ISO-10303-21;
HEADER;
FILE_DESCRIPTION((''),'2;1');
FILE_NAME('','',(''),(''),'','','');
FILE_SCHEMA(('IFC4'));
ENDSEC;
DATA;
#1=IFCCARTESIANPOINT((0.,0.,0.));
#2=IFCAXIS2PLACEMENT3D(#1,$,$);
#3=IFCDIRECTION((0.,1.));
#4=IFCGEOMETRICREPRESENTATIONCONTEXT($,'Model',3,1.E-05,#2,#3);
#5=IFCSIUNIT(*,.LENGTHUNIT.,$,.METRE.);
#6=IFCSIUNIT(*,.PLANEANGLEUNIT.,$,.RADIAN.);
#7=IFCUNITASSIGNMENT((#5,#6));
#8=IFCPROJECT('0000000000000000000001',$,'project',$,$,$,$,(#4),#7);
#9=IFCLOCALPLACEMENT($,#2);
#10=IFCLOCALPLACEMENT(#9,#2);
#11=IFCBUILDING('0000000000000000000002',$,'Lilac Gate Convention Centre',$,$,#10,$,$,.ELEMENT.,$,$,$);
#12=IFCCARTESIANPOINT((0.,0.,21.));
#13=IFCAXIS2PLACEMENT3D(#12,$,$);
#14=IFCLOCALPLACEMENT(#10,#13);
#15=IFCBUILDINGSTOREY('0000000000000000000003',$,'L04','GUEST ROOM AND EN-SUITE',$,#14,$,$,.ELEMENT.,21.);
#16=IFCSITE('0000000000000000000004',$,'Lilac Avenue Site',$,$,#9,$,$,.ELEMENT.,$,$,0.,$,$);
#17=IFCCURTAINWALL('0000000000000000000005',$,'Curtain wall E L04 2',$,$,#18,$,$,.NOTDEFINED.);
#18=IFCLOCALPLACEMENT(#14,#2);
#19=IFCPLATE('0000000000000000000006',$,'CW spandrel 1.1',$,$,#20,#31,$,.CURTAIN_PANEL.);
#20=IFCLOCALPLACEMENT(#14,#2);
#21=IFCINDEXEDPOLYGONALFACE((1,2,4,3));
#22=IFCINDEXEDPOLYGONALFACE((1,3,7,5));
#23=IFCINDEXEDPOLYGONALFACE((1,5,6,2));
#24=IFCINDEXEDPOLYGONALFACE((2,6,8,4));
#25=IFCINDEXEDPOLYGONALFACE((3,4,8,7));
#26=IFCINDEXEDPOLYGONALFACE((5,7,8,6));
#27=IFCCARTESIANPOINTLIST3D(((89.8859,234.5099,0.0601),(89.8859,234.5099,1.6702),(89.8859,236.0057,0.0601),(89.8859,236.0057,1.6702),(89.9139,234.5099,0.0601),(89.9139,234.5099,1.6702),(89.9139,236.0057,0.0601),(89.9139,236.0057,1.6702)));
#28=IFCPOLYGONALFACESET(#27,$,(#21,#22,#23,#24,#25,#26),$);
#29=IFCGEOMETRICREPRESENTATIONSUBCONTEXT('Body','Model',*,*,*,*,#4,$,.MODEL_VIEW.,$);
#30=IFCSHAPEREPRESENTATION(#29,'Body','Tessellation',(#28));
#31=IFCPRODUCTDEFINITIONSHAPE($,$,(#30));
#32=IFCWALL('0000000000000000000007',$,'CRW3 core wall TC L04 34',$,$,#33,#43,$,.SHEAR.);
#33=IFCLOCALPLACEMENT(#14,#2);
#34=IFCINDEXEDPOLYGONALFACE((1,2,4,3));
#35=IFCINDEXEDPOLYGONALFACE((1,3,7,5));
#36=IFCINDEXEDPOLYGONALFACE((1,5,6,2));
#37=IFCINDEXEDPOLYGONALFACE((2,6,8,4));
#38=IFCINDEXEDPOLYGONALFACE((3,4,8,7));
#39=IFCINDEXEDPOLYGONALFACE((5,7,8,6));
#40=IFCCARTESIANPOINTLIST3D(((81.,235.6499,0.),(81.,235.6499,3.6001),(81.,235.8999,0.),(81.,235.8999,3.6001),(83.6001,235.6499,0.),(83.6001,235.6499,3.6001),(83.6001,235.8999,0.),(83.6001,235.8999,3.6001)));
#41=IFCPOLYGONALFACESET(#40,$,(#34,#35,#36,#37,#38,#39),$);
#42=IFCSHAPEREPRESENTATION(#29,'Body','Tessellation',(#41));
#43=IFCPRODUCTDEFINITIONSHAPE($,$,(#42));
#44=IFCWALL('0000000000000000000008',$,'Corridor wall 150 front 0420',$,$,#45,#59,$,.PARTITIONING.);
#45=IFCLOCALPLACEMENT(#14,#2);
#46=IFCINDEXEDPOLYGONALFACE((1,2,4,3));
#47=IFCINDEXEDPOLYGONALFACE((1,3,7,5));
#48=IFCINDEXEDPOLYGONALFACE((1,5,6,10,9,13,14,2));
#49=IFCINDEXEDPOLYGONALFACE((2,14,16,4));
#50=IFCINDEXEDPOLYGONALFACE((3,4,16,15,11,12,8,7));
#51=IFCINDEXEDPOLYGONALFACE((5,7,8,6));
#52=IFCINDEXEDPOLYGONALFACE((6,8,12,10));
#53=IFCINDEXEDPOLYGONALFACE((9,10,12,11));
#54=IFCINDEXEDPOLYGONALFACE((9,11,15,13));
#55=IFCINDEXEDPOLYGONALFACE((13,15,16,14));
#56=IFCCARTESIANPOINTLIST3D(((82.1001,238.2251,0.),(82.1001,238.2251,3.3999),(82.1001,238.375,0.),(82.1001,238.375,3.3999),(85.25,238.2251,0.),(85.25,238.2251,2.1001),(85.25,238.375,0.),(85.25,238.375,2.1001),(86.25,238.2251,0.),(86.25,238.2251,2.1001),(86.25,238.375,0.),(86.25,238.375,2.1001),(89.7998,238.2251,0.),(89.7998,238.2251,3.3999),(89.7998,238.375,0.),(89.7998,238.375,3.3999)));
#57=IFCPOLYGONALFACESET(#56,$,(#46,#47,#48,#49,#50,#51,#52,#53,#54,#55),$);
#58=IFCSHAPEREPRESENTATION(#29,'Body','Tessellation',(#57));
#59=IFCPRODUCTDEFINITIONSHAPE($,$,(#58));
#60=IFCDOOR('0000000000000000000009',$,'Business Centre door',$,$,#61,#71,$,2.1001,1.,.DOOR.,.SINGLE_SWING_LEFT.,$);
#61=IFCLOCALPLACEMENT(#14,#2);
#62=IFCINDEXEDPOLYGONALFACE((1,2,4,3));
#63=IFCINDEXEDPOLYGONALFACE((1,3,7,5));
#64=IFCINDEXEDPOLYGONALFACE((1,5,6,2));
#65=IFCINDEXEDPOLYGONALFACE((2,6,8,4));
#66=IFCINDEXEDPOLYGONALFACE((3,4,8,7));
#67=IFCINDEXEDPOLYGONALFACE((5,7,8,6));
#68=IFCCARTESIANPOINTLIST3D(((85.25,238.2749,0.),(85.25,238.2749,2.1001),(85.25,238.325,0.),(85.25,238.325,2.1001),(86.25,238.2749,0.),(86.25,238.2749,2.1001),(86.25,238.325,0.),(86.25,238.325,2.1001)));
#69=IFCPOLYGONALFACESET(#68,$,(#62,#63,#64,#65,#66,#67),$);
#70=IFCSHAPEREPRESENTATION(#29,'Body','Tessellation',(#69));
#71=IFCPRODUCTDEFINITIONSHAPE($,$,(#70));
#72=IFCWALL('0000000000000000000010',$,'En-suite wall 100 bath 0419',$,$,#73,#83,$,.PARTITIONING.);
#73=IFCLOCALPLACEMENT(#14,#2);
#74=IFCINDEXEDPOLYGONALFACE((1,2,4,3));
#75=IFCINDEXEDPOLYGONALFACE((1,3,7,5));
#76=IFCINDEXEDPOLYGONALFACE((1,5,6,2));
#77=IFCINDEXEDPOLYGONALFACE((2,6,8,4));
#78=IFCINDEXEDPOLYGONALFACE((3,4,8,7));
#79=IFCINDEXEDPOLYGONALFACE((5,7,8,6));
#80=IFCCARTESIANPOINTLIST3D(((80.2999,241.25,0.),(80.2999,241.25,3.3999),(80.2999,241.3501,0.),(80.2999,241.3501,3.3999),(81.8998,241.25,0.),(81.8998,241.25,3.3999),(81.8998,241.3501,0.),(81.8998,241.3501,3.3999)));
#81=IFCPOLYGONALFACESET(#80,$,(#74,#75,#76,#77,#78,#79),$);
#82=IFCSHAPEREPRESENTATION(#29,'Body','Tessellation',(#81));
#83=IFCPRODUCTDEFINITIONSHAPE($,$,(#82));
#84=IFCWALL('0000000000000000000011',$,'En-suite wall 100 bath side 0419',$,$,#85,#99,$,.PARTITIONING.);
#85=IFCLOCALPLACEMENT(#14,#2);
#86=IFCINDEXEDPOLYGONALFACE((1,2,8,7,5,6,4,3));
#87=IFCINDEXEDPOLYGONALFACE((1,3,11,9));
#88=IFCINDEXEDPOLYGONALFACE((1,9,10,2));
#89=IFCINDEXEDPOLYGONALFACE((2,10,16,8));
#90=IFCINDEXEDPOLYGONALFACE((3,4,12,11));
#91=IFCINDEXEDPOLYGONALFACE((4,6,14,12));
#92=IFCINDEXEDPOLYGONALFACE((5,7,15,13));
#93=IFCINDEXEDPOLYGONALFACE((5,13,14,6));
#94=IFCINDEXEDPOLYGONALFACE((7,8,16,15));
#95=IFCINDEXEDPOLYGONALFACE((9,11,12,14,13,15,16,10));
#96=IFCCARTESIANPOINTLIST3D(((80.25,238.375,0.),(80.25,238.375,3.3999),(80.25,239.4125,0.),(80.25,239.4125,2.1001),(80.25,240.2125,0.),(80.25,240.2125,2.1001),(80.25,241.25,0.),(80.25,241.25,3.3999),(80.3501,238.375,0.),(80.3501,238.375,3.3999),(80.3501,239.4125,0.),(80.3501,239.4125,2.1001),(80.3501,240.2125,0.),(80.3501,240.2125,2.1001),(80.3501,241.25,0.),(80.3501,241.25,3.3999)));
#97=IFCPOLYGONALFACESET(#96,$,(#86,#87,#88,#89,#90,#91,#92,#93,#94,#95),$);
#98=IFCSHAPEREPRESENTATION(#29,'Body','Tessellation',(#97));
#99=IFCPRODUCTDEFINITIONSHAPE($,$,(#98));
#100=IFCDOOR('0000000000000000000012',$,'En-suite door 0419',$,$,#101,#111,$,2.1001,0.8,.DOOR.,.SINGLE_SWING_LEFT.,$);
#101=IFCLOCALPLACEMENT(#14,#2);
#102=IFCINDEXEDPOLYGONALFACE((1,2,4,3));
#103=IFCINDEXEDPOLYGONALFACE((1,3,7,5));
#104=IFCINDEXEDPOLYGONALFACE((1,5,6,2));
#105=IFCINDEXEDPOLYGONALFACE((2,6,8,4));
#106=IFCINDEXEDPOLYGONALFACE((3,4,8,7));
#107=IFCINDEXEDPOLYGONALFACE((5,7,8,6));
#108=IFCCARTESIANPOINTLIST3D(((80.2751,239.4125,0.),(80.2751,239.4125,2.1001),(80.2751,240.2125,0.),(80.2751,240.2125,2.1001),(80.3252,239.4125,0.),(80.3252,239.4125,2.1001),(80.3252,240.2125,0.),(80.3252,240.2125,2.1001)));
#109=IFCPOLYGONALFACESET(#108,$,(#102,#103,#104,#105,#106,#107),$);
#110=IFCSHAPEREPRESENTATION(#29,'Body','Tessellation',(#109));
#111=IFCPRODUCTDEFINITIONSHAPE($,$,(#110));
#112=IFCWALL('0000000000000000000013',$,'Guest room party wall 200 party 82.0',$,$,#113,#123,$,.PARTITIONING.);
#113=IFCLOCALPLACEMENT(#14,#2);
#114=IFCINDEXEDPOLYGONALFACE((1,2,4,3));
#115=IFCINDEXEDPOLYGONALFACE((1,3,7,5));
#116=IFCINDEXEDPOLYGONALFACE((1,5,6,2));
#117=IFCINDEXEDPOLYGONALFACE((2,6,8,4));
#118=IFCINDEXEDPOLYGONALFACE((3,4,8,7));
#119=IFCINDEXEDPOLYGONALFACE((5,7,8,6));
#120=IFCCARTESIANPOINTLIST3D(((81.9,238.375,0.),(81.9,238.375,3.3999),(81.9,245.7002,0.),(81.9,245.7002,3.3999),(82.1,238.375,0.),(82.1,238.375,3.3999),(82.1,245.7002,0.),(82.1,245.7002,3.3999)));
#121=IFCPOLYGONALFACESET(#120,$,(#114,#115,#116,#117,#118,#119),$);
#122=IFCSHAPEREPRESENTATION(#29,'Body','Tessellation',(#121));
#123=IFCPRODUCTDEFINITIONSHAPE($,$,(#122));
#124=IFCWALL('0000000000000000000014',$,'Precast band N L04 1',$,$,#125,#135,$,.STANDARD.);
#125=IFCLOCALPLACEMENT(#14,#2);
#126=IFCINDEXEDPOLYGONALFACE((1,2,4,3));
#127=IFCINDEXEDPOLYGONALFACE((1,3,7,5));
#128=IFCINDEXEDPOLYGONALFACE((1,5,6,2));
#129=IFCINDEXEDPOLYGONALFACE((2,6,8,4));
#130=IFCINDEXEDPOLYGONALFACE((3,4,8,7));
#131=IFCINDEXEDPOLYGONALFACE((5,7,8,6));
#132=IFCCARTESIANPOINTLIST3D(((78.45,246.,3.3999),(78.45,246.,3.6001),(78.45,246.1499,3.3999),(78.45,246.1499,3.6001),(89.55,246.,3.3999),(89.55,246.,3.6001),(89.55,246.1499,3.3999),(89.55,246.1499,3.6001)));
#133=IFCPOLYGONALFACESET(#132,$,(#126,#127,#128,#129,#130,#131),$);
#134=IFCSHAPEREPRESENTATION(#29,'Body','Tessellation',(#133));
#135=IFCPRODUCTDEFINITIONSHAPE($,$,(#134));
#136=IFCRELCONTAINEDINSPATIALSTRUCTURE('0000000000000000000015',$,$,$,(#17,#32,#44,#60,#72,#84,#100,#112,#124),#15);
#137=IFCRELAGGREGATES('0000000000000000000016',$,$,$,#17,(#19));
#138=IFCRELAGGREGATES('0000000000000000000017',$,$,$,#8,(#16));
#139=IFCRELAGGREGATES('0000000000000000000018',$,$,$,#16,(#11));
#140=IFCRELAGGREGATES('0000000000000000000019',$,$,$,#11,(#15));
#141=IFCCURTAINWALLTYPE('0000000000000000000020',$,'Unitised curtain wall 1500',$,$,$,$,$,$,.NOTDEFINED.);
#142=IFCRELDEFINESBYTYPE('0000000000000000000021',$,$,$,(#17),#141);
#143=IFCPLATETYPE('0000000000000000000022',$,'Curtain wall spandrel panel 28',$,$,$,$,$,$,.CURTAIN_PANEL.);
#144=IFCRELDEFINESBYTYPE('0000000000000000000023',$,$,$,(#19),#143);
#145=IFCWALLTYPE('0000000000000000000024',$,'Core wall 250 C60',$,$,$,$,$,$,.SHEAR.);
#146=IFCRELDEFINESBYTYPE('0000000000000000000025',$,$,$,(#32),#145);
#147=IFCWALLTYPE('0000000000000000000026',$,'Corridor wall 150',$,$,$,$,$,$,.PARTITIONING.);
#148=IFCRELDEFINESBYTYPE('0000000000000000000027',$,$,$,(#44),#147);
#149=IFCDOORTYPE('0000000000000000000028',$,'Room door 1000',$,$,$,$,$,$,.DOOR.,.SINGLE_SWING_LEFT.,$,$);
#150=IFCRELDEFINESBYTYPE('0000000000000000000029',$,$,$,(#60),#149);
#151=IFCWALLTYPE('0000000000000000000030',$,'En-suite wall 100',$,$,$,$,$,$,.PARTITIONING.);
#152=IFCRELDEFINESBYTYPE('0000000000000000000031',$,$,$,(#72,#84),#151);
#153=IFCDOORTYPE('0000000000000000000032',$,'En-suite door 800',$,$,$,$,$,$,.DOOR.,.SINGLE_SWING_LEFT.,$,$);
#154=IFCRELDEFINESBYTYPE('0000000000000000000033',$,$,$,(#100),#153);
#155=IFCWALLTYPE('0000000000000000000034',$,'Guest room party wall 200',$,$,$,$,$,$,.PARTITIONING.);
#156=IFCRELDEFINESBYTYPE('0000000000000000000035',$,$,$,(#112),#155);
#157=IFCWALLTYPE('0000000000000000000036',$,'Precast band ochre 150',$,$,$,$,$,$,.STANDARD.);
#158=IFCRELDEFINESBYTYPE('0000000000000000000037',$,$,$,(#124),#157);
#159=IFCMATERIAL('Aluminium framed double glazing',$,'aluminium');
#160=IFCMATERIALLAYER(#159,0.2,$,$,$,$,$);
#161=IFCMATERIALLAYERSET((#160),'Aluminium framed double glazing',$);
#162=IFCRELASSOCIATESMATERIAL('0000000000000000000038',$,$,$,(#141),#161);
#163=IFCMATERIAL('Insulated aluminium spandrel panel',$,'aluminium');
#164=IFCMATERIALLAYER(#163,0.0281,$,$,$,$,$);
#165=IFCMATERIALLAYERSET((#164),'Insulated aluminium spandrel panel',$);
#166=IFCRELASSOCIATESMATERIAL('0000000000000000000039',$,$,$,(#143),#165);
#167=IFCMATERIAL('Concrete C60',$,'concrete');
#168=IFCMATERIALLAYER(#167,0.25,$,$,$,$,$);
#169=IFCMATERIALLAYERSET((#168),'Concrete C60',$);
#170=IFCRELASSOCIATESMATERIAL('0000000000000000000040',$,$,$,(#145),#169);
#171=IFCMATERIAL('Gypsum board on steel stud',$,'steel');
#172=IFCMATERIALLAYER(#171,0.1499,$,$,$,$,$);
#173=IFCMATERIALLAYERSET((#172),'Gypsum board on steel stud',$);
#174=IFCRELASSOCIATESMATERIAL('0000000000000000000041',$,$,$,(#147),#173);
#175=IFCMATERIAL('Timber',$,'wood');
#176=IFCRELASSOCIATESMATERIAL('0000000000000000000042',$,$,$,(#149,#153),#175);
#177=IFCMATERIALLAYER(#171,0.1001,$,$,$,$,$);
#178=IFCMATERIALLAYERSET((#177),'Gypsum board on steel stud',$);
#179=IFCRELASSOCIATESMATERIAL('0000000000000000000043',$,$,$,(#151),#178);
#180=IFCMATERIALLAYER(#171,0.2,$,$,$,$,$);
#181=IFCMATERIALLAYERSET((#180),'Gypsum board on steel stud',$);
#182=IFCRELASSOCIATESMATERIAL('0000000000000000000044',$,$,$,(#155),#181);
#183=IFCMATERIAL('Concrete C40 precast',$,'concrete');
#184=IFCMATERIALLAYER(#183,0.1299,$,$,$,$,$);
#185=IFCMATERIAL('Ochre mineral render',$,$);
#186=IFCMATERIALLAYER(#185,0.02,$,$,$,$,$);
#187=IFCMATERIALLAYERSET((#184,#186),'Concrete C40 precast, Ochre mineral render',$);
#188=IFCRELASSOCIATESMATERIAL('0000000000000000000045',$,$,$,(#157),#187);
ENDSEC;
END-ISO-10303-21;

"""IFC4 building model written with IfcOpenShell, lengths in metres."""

from ifc_helpers import new_model, si_unit, direction, frame, frame_2d, origin, origin_2d, place, context, subcontext, project, spatial, rectangle, extrude, material, layer, layer_set, type_object, element, fill, aggregate, save


model = new_model("IFC4")

# Units and contexts
model_context = context("Model", 3, precision=1e-05, world=origin(), true_north=direction((0.0, 1.0)))
body_context = subcontext(model_context, "Body", "Model", "MODEL_VIEW")
ifc_project = project(units=[si_unit("LENGTHUNIT", "METRE"), si_unit("PLANEANGLEUNIT", "RADIAN")], contexts=[model_context])

# Site, building, storey
site_placement = place(None, origin())
site = spatial("IfcSite", under=ifc_project, at=site_placement, Name="Lilac Avenue Site", CompositionType="ELEMENT", RefElevation=0.0)
building_placement = place(site_placement, origin())
building = spatial("IfcBuilding", under=site, at=building_placement, Name="Lilac Gate Convention Centre", CompositionType="ELEMENT")
storey_placement = place(building_placement, frame((0.0, 0.0, 21.0)))
storey = spatial("IfcBuildingStorey", under=building, at=storey_placement, Name="L04", Description="GUEST ROOM AND EN-SUITE", CompositionType="ELEMENT", Elevation=21.0)

# Curtain wall, plate
ifc_material_1 = material(Name="Aluminium framed double glazing", Category="aluminium")
ifc_layer_1 = layer(ifc_material_1, 0.2)
ifc_layer_set_1 = layer_set([ifc_layer_1], Name="Aluminium framed double glazing")
curtain_wall_type = type_object("IfcCurtainWallType", Name="Unitised curtain wall 1500", PredefinedType="NOTDEFINED", material=ifc_layer_set_1)
curtain_wall_placement = place(storey_placement, origin())
curtain_wall = element("IfcCurtainWall", 1, at=curtain_wall_placement, inside=storey, type_object=curtain_wall_type, Name="Curtain wall E L04 2", PredefinedType="NOTDEFINED")
ifc_material_2 = material(Name="Insulated aluminium spandrel panel", Category="aluminium")
ifc_layer_2 = layer(ifc_material_2, 0.0281)
ifc_layer_set_2 = layer_set([ifc_layer_2], Name="Insulated aluminium spandrel panel")
plate_type = type_object("IfcPlateType", Name="Curtain wall spandrel panel 28", PredefinedType="CURTAIN_PANEL", material=ifc_layer_set_2)
plate_placement = place(storey_placement, frame((89.8999, 235.2578, 0.0601), z_axis=(0.0, 0.0, 1.0), x_axis=(0.0, 1.0, 0.0)))
plate = element("IfcPlate", 2, at=plate_placement, type_object=plate_type, Name="CW spandrel 1.1", PredefinedType="CURTAIN_PANEL", context=body_context, shape_type="SweptSolid", body=[
    extrude(rectangle(XDim=1.4958, YDim=0.0281, at=origin_2d()), origin(), (0.0, 0.0, 1.0), 1.6101),
])
aggregate(curtain_wall, [plate])

# Wall
ifc_material_3 = material(Name="Concrete C60", Category="concrete")
ifc_layer_3 = layer(ifc_material_3, 0.25)
ifc_layer_set_3 = layer_set([ifc_layer_3], Name="Concrete C60")
wall_type_1 = type_object("IfcWallType", Name="Core wall 250 C60", PredefinedType="SHEAR", material=ifc_layer_set_3)
wall_1_placement = place(storey_placement, frame((81.0, 235.7749, 0.0), z_axis=(0.0, 0.0, 1.0), x_axis=(1.0, 0.0, 0.0)))
element("IfcWall", 3, at=wall_1_placement, inside=storey, type_object=wall_type_1, Name="CRW3 core wall TC L04 34", PredefinedType="SHEAR", context=body_context, shape_type="SweptSolid", body=[
    extrude(rectangle(XDim=2.6001, YDim=0.25, at=frame_2d((1.3, 0.0))), origin(), (0.0, 0.0, 1.0), 3.6001),
])

# Wall, opening, door
ifc_material_4 = material(Name="Gypsum board on steel stud", Category="steel")
ifc_layer_4 = layer(ifc_material_4, 0.1499)
ifc_layer_set_4 = layer_set([ifc_layer_4], Name="Gypsum board on steel stud")
wall_type_2 = type_object("IfcWallType", Name="Corridor wall 150", PredefinedType="PARTITIONING", material=ifc_layer_set_4)
wall_2_placement = place(storey_placement, frame((82.1001, 238.3, 0.0), z_axis=(0.0, 0.0, 1.0), x_axis=(1.0, 0.0, 0.0)))
wall_2 = element("IfcWall", 4, at=wall_2_placement, inside=storey, type_object=wall_type_2, Name="Corridor wall 150 front 0420", PredefinedType="PARTITIONING", context=body_context, shape_type="SweptSolid", body=[
    extrude(rectangle(XDim=7.6997, YDim=0.1499, at=frame_2d((3.8499, 0.0))), origin(), (0.0, 0.0, 1.0), 3.3999),
])
opening_1_placement = place(wall_2_placement, frame((3.1499, 0.0, 0.0)))
opening_1 = element("IfcOpeningElement", 5, at=opening_1_placement, cuts=wall_2, PredefinedType="OPENING", context=body_context, shape_type="SweptSolid", body=[
    extrude(rectangle(XDim=1.0, YDim=2.1001, at=frame_2d((0.5, 1.05))), frame((0.0, 0.085, 0.0), z_axis=(0.0, -1.0, 0.0), x_axis=(1.0, 0.0, 0.0)), (0.0, 0.0, 1.0), 0.1699),
])
ifc_material_5 = material(Name="Timber", Category="wood")
door_type_1 = type_object("IfcDoorType", Name="Room door 1000", OperationType="SINGLE_SWING_LEFT", PredefinedType="DOOR", material=ifc_material_5)
door_1_placement = place(opening_1_placement, origin())
door_1 = element("IfcDoor", 6, at=door_1_placement, inside=storey, type_object=door_type_1, Name="Business Centre door", OperationType="SINGLE_SWING_LEFT", OverallHeight=2.1001, OverallWidth=1.0, PredefinedType="DOOR", context=body_context, shape_type="SweptSolid", body=[
    extrude(rectangle(XDim=1.0, YDim=2.1001, at=frame_2d((0.5, 1.05))), frame((0.0, 0.0249, 0.0), z_axis=(0.0, -1.0, 0.0), x_axis=(1.0, 0.0, 0.0)), (0.0, 0.0, 1.0), 0.05),
])
fill(opening_1, door_1)

# Wall
ifc_layer_5 = layer(ifc_material_4, 0.1001)
ifc_layer_set_5 = layer_set([ifc_layer_5], Name="Gypsum board on steel stud")
wall_type_3 = type_object("IfcWallType", Name="En-suite wall 100", PredefinedType="PARTITIONING", material=ifc_layer_set_5)
wall_3_placement = place(storey_placement, frame((80.3, 241.3, 0.0), z_axis=(0.0, 0.0, 1.0), x_axis=(1.0, 0.0, 0.0)))
element("IfcWall", 7, at=wall_3_placement, inside=storey, type_object=wall_type_3, Name="En-suite wall 100 bath 0419", PredefinedType="PARTITIONING", context=body_context, shape_type="SweptSolid", body=[
    extrude(rectangle(XDim=1.5999, YDim=0.1001, at=frame_2d((0.7998, 0.0))), origin(), (0.0, 0.0, 1.0), 3.3999),
])

# Wall, opening, door
wall_4_placement = place(storey_placement, frame((80.3, 238.375, 0.0), z_axis=(0.0, 0.0, 1.0), x_axis=(0.0, 1.0, 0.0)))
wall_4 = element("IfcWall", 8, at=wall_4_placement, inside=storey, type_object=wall_type_3, Name="En-suite wall 100 bath side 0419", PredefinedType="PARTITIONING", context=body_context, shape_type="SweptSolid", body=[
    extrude(rectangle(XDim=2.875, YDim=0.1001, at=frame_2d((1.4375, 0.0))), origin(), (0.0, 0.0, 1.0), 3.3999),
])
opening_2_placement = place(wall_4_placement, frame((1.0376, 0.0, 0.0)))
opening_2 = element("IfcOpeningElement", 9, at=opening_2_placement, cuts=wall_4, PredefinedType="OPENING", context=body_context, shape_type="SweptSolid", body=[
    extrude(rectangle(XDim=0.8, YDim=2.1001, at=frame_2d((0.3999, 1.05))), frame((0.0, 0.0601, 0.0), z_axis=(0.0, -1.0, 0.0), x_axis=(1.0, 0.0, 0.0)), (0.0, 0.0, 1.0), 0.1201),
])
door_type_2 = type_object("IfcDoorType", Name="En-suite door 800", OperationType="SINGLE_SWING_LEFT", PredefinedType="DOOR", material=ifc_material_5)
door_2_placement = place(opening_2_placement, origin())
door_2 = element("IfcDoor", 10, at=door_2_placement, inside=storey, type_object=door_type_2, Name="En-suite door 0419", OperationType="SINGLE_SWING_LEFT", OverallHeight=2.1001, OverallWidth=0.8, PredefinedType="DOOR", context=body_context, shape_type="SweptSolid", body=[
    extrude(rectangle(XDim=0.8, YDim=2.1001, at=frame_2d((0.3999, 1.05))), frame((0.0, 0.0249, 0.0), z_axis=(0.0, -1.0, 0.0), x_axis=(1.0, 0.0, 0.0)), (0.0, 0.0, 1.0), 0.05),
])
fill(opening_2, door_2)

# Walls
ifc_layer_6 = layer(ifc_material_4, 0.2)
ifc_layer_set_6 = layer_set([ifc_layer_6], Name="Gypsum board on steel stud")
wall_type_4 = type_object("IfcWallType", Name="Guest room party wall 200", PredefinedType="PARTITIONING", material=ifc_layer_set_6)
wall_5_placement = place(storey_placement, frame((82.0, 245.7002, 0.0), z_axis=(0.0, 0.0, 1.0), x_axis=(0.0, -1.0, 0.0)))
element("IfcWall", 11, at=wall_5_placement, inside=storey, type_object=wall_type_4, Name="Guest room party wall 200 party 82.0", PredefinedType="PARTITIONING", context=body_context, shape_type="SweptSolid", body=[
    extrude(rectangle(XDim=7.3252, YDim=0.2, at=frame_2d((3.6626, 0.0))), origin(), (0.0, 0.0, 1.0), 3.3999),
])
ifc_material_6 = material(Name="Concrete C40 precast", Category="concrete")
ifc_layer_7 = layer(ifc_material_6, 0.1299)
ifc_material_7 = material(Name="Ochre mineral render")
ifc_layer_8 = layer(ifc_material_7, 0.02)
ifc_layer_set_7 = layer_set([ifc_layer_7, ifc_layer_8], Name="Concrete C40 precast, Ochre mineral render")
wall_type_5 = type_object("IfcWallType", Name="Precast band ochre 150", PredefinedType="STANDARD", material=ifc_layer_set_7)
wall_6_placement = place(storey_placement, frame((89.55, 246.075, 3.3999), z_axis=(0.0, 0.0, 1.0), x_axis=(-1.0, 0.0, 0.0)))
element("IfcWall", 12, at=wall_6_placement, inside=storey, type_object=wall_type_5, Name="Precast band N L04 1", PredefinedType="STANDARD", context=body_context, shape_type="SweptSolid", body=[
    extrude(rectangle(XDim=11.1001, YDim=0.1499, at=frame_2d((5.55, 0.0))), origin(), (0.0, 0.0, 1.0), 0.2002),
])

save(model, "model.ifc")
